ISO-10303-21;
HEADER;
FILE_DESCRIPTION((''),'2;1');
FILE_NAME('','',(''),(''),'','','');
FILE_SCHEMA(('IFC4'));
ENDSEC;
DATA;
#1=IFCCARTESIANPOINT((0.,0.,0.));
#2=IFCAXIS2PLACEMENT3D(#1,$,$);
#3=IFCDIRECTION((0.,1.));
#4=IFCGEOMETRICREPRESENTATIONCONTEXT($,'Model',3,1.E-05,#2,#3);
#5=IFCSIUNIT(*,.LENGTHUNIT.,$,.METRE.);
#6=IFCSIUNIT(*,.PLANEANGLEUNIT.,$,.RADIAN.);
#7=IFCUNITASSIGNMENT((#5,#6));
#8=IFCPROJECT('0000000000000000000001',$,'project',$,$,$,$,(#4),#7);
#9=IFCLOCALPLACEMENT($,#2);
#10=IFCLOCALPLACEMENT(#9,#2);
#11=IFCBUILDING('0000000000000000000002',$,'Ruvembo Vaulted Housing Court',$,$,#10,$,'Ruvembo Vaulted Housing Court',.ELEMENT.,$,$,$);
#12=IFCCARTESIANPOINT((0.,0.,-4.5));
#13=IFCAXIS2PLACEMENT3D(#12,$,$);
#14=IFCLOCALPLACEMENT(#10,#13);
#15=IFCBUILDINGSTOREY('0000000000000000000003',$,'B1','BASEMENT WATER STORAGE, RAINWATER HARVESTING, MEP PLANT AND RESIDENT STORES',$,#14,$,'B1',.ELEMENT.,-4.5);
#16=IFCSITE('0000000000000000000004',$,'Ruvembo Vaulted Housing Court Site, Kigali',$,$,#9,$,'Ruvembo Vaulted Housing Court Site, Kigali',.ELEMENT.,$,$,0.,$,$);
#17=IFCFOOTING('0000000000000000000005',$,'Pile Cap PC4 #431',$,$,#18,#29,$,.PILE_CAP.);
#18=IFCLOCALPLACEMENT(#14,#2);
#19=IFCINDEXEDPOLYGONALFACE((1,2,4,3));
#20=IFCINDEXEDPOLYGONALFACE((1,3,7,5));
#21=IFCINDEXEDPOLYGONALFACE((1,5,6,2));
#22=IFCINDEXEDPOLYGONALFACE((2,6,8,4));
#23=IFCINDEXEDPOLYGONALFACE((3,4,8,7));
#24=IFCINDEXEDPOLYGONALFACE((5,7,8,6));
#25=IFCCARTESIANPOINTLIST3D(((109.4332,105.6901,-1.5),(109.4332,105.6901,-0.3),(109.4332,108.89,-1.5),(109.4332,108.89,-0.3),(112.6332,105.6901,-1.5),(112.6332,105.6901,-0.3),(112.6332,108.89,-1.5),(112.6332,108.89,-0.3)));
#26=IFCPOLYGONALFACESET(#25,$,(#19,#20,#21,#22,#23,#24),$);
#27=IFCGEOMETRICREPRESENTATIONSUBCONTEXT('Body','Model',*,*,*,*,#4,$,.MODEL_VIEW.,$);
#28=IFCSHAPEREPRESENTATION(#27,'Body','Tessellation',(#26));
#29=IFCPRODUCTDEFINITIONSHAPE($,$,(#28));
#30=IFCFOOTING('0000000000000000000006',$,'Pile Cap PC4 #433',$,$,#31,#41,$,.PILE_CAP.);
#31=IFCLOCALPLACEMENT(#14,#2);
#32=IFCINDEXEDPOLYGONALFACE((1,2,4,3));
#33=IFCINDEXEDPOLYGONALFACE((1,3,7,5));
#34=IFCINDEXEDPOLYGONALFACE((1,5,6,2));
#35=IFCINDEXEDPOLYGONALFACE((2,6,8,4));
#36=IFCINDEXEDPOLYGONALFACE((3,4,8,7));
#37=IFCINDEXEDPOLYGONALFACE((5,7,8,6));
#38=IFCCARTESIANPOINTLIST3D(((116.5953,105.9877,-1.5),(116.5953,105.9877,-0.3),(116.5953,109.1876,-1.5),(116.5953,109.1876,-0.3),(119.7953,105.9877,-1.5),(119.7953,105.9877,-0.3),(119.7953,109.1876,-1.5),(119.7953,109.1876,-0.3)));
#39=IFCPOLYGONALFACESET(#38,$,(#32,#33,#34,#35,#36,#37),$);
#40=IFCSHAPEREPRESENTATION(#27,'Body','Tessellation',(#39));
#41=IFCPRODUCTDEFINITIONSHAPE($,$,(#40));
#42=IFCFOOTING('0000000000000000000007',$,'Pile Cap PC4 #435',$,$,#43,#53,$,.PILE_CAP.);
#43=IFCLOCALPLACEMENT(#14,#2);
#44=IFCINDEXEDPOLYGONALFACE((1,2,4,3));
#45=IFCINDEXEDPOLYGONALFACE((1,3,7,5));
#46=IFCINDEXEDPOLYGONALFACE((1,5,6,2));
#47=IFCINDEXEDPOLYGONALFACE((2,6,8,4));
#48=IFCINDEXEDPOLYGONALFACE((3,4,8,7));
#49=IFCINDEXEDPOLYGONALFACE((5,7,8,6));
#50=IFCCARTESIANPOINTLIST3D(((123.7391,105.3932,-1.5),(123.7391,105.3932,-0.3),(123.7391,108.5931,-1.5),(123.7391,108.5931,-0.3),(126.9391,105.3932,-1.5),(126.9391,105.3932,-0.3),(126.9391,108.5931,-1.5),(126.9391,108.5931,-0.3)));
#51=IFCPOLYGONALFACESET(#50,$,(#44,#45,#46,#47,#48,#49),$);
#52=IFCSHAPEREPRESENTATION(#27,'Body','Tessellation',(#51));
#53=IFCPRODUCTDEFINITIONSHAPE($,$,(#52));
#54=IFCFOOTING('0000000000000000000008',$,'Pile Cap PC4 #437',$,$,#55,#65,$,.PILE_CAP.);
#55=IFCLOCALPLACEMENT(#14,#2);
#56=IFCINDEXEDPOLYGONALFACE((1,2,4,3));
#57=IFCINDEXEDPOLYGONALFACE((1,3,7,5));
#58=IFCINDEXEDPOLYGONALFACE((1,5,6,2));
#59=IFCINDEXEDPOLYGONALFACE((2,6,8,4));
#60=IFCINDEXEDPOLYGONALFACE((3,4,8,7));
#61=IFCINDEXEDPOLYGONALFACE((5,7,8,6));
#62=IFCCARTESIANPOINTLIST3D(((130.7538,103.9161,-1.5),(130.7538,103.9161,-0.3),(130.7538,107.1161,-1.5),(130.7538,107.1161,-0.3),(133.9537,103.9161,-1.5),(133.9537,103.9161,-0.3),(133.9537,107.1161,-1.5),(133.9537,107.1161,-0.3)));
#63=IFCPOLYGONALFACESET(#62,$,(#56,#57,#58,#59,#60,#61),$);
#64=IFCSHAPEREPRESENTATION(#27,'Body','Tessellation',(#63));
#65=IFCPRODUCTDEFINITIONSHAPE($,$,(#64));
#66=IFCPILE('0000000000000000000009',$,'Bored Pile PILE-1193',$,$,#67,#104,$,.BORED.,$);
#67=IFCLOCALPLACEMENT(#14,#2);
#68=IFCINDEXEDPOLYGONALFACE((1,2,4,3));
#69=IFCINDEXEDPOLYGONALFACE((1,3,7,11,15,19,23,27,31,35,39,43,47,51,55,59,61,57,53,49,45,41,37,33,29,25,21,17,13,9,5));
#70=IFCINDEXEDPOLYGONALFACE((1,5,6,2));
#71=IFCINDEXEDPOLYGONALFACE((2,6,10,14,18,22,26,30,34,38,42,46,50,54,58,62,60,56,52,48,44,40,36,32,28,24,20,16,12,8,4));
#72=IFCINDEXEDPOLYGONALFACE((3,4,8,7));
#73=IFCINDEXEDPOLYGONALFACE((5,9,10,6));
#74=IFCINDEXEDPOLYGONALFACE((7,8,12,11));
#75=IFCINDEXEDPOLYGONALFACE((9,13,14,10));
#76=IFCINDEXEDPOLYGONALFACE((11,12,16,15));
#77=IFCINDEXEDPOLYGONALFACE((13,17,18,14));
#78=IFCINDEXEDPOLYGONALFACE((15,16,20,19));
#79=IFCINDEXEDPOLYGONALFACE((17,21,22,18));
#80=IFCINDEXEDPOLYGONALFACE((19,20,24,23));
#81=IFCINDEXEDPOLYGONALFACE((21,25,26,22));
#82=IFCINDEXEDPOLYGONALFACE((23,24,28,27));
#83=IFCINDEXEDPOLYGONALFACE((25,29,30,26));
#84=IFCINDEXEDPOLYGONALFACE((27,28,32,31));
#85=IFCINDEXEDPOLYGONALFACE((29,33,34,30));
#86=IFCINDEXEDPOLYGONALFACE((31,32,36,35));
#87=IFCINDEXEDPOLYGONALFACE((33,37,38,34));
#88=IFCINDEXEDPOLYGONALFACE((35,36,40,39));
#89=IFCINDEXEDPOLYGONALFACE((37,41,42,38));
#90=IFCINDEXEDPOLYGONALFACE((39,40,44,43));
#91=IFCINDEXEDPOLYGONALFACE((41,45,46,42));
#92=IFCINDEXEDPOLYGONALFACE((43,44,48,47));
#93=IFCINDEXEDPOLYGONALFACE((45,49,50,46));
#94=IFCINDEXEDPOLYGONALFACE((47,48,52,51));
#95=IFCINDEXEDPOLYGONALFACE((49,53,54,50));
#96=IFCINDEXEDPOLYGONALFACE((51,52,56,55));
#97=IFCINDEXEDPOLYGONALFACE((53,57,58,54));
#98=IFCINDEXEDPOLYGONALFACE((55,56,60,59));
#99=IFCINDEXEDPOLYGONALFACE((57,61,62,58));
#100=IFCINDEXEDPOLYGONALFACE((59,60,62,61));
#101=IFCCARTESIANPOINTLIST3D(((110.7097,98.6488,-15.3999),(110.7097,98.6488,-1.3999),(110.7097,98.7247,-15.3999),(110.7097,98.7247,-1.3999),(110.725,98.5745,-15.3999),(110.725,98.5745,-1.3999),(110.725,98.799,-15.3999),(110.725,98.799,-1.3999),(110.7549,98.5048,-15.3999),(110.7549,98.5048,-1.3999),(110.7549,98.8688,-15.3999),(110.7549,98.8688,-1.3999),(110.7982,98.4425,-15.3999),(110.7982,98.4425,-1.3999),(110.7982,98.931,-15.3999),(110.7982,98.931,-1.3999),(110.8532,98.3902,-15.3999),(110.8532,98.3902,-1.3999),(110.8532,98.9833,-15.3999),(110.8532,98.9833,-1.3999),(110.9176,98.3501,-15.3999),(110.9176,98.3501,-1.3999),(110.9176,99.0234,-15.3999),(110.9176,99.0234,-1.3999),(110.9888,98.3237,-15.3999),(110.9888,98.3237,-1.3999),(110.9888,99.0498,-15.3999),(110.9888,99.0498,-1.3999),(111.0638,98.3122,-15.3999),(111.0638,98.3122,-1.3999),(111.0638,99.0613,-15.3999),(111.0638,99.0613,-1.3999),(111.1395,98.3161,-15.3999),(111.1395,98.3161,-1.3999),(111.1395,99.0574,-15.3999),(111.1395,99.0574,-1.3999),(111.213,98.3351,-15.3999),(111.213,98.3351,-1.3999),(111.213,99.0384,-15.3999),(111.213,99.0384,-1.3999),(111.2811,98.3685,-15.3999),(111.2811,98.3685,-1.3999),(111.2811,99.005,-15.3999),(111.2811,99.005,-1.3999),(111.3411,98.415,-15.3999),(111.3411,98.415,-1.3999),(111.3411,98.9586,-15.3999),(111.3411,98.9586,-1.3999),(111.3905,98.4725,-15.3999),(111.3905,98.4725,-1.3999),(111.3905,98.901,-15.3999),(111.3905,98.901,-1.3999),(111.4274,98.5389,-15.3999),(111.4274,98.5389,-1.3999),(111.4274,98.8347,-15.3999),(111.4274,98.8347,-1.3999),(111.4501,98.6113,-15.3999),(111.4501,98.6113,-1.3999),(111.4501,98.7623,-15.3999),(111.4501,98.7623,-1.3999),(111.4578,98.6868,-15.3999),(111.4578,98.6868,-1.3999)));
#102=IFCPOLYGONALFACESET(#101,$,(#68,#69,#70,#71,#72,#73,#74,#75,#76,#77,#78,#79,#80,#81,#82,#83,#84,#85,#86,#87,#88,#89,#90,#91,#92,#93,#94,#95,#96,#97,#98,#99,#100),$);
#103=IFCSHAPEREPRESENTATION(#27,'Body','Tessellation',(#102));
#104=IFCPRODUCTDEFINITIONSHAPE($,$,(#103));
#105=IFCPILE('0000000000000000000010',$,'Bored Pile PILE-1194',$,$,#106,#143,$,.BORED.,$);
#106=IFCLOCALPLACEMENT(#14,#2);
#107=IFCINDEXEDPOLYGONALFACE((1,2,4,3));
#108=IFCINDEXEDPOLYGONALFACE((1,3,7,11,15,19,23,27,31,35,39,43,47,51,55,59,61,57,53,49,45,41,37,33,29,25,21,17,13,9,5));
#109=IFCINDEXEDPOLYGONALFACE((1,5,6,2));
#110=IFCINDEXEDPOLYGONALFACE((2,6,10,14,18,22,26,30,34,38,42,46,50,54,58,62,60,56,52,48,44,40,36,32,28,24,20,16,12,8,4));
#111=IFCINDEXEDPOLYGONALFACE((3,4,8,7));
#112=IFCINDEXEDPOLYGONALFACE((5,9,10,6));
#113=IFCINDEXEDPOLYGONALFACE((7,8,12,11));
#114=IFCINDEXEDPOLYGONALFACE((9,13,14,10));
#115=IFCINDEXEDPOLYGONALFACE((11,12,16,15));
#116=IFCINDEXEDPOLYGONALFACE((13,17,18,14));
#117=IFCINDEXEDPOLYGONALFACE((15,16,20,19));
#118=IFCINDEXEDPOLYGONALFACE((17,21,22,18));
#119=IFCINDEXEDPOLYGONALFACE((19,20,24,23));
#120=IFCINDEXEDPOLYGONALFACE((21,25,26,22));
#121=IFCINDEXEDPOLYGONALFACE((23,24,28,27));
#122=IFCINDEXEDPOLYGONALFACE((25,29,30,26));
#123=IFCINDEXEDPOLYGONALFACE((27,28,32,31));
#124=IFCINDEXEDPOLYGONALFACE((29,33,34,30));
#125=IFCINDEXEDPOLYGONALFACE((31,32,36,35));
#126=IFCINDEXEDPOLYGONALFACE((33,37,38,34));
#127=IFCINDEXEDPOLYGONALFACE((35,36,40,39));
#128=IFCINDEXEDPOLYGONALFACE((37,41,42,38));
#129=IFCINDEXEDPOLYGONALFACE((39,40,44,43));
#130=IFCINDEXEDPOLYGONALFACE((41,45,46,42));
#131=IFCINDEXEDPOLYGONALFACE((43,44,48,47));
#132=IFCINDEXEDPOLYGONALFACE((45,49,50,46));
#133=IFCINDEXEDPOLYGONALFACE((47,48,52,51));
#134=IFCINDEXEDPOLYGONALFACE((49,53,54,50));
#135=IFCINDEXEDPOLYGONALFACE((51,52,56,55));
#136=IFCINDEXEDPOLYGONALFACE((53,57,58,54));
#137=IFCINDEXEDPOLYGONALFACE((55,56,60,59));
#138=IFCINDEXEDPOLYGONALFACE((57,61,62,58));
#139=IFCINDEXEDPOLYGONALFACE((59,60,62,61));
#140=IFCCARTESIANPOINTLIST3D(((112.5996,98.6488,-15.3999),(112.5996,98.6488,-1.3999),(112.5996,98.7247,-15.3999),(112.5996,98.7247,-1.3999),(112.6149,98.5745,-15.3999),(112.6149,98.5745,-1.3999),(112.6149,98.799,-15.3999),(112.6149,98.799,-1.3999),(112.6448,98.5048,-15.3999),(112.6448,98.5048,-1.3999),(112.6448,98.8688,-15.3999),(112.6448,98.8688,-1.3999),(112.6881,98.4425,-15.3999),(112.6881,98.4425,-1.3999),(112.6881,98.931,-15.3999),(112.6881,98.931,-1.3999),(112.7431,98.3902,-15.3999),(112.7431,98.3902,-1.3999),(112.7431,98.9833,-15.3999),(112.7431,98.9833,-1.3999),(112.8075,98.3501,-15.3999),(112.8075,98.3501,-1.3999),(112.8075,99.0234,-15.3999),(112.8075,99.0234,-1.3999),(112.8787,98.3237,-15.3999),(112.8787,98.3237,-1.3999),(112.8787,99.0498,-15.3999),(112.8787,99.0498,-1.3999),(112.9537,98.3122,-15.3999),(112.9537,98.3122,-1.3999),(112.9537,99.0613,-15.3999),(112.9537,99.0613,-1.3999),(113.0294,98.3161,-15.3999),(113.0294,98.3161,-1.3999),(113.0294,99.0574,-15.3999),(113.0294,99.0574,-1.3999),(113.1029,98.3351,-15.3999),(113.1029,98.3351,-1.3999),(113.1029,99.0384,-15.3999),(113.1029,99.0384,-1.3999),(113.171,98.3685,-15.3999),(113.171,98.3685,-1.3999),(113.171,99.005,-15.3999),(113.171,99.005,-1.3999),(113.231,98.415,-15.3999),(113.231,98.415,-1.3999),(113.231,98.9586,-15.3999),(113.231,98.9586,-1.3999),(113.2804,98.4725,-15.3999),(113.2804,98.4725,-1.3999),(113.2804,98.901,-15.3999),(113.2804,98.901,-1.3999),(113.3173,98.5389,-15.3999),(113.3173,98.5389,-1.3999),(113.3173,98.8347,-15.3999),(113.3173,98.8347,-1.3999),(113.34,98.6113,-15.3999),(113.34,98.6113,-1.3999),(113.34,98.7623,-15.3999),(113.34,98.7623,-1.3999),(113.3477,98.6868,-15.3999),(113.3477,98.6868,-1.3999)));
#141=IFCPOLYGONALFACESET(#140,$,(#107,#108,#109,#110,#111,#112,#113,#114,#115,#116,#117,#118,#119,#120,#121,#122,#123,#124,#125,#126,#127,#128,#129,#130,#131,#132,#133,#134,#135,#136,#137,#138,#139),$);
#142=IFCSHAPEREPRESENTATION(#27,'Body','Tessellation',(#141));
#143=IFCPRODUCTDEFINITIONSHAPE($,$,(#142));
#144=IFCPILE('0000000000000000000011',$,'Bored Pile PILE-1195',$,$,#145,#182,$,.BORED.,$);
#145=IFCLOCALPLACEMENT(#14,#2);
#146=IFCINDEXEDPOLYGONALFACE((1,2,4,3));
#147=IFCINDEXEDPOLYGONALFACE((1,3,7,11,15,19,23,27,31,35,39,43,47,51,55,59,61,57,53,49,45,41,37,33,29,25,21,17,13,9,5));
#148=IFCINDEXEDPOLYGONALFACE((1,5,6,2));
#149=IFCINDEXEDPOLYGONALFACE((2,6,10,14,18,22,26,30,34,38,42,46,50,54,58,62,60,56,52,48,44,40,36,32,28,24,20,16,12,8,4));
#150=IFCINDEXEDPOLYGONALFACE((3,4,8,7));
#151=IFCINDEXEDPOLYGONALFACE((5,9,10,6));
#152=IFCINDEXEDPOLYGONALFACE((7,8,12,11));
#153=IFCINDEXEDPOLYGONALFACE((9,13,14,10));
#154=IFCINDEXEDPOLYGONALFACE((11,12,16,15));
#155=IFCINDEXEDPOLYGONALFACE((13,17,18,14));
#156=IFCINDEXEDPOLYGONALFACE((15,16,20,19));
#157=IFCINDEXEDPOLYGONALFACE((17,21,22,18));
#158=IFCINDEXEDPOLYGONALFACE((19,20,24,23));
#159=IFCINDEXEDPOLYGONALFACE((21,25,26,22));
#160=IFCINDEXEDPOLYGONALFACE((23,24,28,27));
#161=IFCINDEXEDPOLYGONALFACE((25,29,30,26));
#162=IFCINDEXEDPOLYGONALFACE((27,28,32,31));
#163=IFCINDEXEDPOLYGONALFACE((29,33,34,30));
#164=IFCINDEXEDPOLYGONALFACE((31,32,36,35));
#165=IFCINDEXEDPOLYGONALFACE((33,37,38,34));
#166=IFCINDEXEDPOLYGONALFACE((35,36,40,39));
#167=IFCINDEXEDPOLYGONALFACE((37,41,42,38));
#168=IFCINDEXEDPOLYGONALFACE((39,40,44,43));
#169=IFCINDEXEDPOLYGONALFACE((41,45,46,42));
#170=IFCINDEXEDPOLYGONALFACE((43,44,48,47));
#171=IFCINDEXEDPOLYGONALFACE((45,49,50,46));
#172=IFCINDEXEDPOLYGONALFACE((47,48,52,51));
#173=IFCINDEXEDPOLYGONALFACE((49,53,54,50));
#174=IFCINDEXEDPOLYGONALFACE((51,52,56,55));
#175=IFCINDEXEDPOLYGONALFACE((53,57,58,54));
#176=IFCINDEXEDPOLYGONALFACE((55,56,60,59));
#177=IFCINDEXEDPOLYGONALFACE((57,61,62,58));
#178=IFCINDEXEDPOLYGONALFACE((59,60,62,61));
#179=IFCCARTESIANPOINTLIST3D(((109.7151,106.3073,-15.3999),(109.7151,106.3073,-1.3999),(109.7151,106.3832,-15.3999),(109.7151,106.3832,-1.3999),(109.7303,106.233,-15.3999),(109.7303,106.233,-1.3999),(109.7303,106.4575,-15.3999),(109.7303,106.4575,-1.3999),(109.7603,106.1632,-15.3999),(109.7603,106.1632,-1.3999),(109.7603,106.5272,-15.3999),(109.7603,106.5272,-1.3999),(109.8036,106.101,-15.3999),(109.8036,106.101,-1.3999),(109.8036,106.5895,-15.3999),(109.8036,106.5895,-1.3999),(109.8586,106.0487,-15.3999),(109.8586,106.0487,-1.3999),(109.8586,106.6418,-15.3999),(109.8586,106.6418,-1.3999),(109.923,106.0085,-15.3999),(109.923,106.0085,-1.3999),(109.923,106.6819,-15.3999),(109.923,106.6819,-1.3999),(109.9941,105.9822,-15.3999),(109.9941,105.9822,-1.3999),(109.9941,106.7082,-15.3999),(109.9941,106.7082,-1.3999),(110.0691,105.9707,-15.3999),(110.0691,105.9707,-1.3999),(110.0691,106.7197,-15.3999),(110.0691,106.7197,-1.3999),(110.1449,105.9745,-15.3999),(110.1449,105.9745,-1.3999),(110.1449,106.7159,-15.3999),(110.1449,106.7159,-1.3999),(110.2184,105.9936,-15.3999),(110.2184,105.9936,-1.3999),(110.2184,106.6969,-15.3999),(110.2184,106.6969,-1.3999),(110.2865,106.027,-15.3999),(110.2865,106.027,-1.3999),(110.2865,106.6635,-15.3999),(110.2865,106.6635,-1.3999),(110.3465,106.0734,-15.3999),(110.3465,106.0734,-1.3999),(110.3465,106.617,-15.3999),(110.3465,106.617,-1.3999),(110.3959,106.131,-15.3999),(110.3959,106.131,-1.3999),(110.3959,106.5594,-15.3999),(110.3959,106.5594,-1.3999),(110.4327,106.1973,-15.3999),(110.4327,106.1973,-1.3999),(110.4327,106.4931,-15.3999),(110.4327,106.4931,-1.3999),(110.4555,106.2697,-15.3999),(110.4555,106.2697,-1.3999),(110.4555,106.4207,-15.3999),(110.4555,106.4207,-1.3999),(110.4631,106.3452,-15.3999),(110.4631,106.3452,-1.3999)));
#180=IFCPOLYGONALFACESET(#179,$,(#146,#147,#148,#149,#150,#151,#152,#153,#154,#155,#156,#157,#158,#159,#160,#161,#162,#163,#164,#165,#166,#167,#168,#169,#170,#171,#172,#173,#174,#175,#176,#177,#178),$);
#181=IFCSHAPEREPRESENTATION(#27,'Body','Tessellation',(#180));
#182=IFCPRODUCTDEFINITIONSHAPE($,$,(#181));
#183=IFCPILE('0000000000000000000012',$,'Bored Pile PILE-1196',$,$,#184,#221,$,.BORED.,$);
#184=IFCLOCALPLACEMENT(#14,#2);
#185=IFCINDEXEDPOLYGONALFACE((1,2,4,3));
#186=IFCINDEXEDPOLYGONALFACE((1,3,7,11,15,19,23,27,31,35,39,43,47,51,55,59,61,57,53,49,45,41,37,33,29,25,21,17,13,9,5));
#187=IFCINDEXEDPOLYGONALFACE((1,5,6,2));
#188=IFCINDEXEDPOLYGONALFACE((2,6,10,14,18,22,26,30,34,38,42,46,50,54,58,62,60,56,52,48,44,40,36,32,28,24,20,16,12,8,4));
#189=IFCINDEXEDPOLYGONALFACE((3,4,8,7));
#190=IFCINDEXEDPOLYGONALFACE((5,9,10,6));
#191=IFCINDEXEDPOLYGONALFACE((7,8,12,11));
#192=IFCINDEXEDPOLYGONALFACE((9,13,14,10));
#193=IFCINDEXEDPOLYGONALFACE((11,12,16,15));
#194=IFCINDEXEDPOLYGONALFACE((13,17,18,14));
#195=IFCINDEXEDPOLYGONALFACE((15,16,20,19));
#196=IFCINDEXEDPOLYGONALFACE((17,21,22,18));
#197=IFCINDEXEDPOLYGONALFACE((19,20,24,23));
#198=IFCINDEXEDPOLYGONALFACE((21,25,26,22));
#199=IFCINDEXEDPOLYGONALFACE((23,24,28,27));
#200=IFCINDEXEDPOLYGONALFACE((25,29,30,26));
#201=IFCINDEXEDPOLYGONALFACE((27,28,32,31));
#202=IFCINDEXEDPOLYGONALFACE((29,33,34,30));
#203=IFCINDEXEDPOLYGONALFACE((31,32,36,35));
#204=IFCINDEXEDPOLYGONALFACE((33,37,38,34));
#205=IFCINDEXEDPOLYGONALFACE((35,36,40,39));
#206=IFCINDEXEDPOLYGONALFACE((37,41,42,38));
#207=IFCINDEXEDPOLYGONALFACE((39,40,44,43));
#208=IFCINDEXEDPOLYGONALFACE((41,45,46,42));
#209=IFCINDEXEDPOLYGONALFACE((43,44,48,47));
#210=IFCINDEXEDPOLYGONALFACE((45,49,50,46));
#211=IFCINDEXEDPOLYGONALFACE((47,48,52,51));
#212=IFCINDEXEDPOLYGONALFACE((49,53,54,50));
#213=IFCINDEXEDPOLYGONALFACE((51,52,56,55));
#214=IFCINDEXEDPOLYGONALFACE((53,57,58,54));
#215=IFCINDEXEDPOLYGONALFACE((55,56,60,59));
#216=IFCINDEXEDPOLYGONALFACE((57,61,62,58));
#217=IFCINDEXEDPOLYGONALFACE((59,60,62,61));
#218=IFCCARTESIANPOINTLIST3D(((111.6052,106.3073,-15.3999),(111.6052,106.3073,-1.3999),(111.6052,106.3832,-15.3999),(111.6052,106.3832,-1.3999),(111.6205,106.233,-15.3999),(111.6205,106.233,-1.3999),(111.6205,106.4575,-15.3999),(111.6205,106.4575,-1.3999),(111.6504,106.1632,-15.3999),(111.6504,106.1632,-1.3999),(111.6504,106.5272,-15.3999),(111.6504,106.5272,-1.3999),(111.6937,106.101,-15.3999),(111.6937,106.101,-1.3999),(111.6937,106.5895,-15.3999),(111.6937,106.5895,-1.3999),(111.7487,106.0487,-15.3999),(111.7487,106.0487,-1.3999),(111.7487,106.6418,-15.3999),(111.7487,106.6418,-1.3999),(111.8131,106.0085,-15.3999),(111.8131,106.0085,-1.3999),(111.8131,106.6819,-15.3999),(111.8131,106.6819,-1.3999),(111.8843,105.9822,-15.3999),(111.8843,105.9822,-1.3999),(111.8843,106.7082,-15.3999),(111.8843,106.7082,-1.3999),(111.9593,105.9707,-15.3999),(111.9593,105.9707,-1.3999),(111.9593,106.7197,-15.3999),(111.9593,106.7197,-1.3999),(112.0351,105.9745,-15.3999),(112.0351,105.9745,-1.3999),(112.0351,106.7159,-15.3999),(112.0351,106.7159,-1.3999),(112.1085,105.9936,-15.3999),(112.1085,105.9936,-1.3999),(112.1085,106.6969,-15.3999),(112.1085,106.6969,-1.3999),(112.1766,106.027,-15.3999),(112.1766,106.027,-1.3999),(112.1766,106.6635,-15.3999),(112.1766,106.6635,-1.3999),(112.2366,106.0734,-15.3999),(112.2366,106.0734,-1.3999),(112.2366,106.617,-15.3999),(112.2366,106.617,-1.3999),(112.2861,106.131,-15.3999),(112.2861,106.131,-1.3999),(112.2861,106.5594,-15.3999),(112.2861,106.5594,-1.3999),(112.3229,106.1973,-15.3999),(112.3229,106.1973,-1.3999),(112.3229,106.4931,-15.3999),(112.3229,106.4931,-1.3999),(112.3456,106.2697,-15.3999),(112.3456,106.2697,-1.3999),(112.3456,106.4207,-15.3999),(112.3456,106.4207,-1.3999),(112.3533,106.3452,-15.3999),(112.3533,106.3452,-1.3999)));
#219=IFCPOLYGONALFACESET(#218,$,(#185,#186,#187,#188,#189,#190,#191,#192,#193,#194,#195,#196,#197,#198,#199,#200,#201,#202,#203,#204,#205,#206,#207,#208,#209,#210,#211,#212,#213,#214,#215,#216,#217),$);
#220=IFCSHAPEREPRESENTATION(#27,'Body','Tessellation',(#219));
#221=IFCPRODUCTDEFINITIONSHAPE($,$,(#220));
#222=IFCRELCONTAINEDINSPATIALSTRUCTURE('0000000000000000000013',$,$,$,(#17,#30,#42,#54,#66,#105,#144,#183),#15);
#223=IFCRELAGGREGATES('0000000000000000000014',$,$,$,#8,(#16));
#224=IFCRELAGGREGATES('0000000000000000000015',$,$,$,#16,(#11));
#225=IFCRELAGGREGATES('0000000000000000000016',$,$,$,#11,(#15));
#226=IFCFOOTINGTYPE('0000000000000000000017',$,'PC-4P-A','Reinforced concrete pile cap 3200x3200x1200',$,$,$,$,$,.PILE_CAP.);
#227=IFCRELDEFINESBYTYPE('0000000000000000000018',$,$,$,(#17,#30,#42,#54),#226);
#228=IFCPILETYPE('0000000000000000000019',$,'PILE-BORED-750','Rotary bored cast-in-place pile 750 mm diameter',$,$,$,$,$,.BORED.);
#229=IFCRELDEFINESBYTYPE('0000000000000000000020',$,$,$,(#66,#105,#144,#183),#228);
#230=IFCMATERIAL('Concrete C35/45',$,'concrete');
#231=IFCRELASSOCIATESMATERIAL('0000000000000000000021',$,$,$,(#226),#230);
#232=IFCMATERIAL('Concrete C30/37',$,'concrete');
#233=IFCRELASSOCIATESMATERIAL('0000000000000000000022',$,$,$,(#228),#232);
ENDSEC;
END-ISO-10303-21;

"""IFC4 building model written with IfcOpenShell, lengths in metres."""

from ifc_helpers import new_model, si_unit, direction, frame, origin, origin_2d, place, context, subcontext, project, spatial, rectangle, circle, extrude, material, material_profile, profile_set, type_object, element, save


model = new_model("IFC4")

# Units and contexts
model_context = context("Model", 3, precision=1e-05, world=origin(), true_north=direction((0.0, 1.0)))
body_context = subcontext(model_context, "Body", "Model", "MODEL_VIEW")
ifc_project = project(units=[si_unit("LENGTHUNIT", "METRE"), si_unit("PLANEANGLEUNIT", "RADIAN")], contexts=[model_context])

# Site, building, storey
site_placement = place(None, origin())
site = spatial("IfcSite", under=ifc_project, at=site_placement, Name="Ruvembo Vaulted Housing Court Site, Kigali", LongName="Ruvembo Vaulted Housing Court Site, Kigali", CompositionType="ELEMENT", RefElevation=0.0)
building_placement = place(site_placement, origin())
building = spatial("IfcBuilding", under=site, at=building_placement, Name="Ruvembo Vaulted Housing Court", LongName="Ruvembo Vaulted Housing Court", CompositionType="ELEMENT")
storey_placement = place(building_placement, frame((0.0, 0.0, -4.5)))
storey = spatial("IfcBuildingStorey", under=building, at=storey_placement, Name="B1", Description="BASEMENT WATER STORAGE, RAINWATER HARVESTING, MEP PLANT AND RESIDENT STORES", LongName="B1", CompositionType="ELEMENT", Elevation=-4.5)

# Footings
ifc_material_1 = material(Name="Concrete C35/45", Category="concrete")
footing_type = type_object("IfcFootingType", Name="PC-4P-A", Description="Reinforced concrete pile cap 3200x3200x1200", PredefinedType="PILE_CAP", material=ifc_material_1)
for number, where, z_axis, x_axis, name in (
    (1, (111.0332, 107.29, -1.5), (0.0, 0.0, 1.0), (1.0, 0.0, 0.0), "Pile Cap PC4 #431"),
    (2, (118.1953, 107.5876, -1.5), (0.0, 0.0, 1.0), (1.0, 0.0, 0.0), "Pile Cap PC4 #433"),
    (3, (125.3391, 106.9932, -1.5), (0.0, 0.0, 1.0), (1.0, 0.0, 0.0), "Pile Cap PC4 #435"),
    (4, (132.3538, 105.5161, -1.5), (0.0, 0.0, 1.0), (1.0, 0.0, 0.0), "Pile Cap PC4 #437"),
):
    element("IfcFooting", number, at=place(storey_placement, frame(where, z_axis=z_axis, x_axis=x_axis)), inside=storey, type_object=footing_type, Name=name, PredefinedType="PILE_CAP", context=body_context, shape_type="SweptSolid", body=[
        extrude(rectangle(XDim=3.2, YDim=3.2, at=origin_2d()), origin(), (0.0, 0.0, 1.0), 1.2),
    ])

# Piles
ifc_material_2 = material(Name="Concrete C30/37", Category="concrete")
ifc_material_profile_1 = material_profile(ifc_material_2, circle(Radius=0.375, at=origin_2d()), Name="PILE D750")
ifc_profile_set_1 = profile_set([ifc_material_profile_1], Name="Concrete C30/37")
pile_type = type_object("IfcPileType", Name="PILE-BORED-750", Description="Rotary bored cast-in-place pile 750 mm diameter", PredefinedType="BORED", material=ifc_profile_set_1)
for number, where, z_axis, x_axis, name in (
    (5, (111.0828, 98.6868, -1.3999), (0.0, 0.0, -1.0), (1.0, 0.0, 0.0), "Bored Pile PILE-1193"),
    (6, (112.9727, 98.6868, -1.3999), (0.0, 0.0, -1.0), (1.0, 0.0, 0.0), "Bored Pile PILE-1194"),
    (7, (110.0881, 106.3452, -1.3999), (0.0, 0.0, -1.0), (1.0, 0.0, 0.0), "Bored Pile PILE-1195"),
    (8, (111.9783, 106.3452, -1.3999), (0.0, 0.0, -1.0), (1.0, 0.0, 0.0), "Bored Pile PILE-1196"),
):
    element("IfcPile", number, at=place(storey_placement, frame(where, z_axis=z_axis, x_axis=x_axis)), inside=storey, type_object=pile_type, Name=name, PredefinedType="BORED", context=body_context, shape_type="SweptSolid", body=[
        extrude(circle(Radius=0.375, at=origin_2d()), origin(), (0.0, 0.0, 1.0), 14.0),
    ])

save(model, "model.ifc")
